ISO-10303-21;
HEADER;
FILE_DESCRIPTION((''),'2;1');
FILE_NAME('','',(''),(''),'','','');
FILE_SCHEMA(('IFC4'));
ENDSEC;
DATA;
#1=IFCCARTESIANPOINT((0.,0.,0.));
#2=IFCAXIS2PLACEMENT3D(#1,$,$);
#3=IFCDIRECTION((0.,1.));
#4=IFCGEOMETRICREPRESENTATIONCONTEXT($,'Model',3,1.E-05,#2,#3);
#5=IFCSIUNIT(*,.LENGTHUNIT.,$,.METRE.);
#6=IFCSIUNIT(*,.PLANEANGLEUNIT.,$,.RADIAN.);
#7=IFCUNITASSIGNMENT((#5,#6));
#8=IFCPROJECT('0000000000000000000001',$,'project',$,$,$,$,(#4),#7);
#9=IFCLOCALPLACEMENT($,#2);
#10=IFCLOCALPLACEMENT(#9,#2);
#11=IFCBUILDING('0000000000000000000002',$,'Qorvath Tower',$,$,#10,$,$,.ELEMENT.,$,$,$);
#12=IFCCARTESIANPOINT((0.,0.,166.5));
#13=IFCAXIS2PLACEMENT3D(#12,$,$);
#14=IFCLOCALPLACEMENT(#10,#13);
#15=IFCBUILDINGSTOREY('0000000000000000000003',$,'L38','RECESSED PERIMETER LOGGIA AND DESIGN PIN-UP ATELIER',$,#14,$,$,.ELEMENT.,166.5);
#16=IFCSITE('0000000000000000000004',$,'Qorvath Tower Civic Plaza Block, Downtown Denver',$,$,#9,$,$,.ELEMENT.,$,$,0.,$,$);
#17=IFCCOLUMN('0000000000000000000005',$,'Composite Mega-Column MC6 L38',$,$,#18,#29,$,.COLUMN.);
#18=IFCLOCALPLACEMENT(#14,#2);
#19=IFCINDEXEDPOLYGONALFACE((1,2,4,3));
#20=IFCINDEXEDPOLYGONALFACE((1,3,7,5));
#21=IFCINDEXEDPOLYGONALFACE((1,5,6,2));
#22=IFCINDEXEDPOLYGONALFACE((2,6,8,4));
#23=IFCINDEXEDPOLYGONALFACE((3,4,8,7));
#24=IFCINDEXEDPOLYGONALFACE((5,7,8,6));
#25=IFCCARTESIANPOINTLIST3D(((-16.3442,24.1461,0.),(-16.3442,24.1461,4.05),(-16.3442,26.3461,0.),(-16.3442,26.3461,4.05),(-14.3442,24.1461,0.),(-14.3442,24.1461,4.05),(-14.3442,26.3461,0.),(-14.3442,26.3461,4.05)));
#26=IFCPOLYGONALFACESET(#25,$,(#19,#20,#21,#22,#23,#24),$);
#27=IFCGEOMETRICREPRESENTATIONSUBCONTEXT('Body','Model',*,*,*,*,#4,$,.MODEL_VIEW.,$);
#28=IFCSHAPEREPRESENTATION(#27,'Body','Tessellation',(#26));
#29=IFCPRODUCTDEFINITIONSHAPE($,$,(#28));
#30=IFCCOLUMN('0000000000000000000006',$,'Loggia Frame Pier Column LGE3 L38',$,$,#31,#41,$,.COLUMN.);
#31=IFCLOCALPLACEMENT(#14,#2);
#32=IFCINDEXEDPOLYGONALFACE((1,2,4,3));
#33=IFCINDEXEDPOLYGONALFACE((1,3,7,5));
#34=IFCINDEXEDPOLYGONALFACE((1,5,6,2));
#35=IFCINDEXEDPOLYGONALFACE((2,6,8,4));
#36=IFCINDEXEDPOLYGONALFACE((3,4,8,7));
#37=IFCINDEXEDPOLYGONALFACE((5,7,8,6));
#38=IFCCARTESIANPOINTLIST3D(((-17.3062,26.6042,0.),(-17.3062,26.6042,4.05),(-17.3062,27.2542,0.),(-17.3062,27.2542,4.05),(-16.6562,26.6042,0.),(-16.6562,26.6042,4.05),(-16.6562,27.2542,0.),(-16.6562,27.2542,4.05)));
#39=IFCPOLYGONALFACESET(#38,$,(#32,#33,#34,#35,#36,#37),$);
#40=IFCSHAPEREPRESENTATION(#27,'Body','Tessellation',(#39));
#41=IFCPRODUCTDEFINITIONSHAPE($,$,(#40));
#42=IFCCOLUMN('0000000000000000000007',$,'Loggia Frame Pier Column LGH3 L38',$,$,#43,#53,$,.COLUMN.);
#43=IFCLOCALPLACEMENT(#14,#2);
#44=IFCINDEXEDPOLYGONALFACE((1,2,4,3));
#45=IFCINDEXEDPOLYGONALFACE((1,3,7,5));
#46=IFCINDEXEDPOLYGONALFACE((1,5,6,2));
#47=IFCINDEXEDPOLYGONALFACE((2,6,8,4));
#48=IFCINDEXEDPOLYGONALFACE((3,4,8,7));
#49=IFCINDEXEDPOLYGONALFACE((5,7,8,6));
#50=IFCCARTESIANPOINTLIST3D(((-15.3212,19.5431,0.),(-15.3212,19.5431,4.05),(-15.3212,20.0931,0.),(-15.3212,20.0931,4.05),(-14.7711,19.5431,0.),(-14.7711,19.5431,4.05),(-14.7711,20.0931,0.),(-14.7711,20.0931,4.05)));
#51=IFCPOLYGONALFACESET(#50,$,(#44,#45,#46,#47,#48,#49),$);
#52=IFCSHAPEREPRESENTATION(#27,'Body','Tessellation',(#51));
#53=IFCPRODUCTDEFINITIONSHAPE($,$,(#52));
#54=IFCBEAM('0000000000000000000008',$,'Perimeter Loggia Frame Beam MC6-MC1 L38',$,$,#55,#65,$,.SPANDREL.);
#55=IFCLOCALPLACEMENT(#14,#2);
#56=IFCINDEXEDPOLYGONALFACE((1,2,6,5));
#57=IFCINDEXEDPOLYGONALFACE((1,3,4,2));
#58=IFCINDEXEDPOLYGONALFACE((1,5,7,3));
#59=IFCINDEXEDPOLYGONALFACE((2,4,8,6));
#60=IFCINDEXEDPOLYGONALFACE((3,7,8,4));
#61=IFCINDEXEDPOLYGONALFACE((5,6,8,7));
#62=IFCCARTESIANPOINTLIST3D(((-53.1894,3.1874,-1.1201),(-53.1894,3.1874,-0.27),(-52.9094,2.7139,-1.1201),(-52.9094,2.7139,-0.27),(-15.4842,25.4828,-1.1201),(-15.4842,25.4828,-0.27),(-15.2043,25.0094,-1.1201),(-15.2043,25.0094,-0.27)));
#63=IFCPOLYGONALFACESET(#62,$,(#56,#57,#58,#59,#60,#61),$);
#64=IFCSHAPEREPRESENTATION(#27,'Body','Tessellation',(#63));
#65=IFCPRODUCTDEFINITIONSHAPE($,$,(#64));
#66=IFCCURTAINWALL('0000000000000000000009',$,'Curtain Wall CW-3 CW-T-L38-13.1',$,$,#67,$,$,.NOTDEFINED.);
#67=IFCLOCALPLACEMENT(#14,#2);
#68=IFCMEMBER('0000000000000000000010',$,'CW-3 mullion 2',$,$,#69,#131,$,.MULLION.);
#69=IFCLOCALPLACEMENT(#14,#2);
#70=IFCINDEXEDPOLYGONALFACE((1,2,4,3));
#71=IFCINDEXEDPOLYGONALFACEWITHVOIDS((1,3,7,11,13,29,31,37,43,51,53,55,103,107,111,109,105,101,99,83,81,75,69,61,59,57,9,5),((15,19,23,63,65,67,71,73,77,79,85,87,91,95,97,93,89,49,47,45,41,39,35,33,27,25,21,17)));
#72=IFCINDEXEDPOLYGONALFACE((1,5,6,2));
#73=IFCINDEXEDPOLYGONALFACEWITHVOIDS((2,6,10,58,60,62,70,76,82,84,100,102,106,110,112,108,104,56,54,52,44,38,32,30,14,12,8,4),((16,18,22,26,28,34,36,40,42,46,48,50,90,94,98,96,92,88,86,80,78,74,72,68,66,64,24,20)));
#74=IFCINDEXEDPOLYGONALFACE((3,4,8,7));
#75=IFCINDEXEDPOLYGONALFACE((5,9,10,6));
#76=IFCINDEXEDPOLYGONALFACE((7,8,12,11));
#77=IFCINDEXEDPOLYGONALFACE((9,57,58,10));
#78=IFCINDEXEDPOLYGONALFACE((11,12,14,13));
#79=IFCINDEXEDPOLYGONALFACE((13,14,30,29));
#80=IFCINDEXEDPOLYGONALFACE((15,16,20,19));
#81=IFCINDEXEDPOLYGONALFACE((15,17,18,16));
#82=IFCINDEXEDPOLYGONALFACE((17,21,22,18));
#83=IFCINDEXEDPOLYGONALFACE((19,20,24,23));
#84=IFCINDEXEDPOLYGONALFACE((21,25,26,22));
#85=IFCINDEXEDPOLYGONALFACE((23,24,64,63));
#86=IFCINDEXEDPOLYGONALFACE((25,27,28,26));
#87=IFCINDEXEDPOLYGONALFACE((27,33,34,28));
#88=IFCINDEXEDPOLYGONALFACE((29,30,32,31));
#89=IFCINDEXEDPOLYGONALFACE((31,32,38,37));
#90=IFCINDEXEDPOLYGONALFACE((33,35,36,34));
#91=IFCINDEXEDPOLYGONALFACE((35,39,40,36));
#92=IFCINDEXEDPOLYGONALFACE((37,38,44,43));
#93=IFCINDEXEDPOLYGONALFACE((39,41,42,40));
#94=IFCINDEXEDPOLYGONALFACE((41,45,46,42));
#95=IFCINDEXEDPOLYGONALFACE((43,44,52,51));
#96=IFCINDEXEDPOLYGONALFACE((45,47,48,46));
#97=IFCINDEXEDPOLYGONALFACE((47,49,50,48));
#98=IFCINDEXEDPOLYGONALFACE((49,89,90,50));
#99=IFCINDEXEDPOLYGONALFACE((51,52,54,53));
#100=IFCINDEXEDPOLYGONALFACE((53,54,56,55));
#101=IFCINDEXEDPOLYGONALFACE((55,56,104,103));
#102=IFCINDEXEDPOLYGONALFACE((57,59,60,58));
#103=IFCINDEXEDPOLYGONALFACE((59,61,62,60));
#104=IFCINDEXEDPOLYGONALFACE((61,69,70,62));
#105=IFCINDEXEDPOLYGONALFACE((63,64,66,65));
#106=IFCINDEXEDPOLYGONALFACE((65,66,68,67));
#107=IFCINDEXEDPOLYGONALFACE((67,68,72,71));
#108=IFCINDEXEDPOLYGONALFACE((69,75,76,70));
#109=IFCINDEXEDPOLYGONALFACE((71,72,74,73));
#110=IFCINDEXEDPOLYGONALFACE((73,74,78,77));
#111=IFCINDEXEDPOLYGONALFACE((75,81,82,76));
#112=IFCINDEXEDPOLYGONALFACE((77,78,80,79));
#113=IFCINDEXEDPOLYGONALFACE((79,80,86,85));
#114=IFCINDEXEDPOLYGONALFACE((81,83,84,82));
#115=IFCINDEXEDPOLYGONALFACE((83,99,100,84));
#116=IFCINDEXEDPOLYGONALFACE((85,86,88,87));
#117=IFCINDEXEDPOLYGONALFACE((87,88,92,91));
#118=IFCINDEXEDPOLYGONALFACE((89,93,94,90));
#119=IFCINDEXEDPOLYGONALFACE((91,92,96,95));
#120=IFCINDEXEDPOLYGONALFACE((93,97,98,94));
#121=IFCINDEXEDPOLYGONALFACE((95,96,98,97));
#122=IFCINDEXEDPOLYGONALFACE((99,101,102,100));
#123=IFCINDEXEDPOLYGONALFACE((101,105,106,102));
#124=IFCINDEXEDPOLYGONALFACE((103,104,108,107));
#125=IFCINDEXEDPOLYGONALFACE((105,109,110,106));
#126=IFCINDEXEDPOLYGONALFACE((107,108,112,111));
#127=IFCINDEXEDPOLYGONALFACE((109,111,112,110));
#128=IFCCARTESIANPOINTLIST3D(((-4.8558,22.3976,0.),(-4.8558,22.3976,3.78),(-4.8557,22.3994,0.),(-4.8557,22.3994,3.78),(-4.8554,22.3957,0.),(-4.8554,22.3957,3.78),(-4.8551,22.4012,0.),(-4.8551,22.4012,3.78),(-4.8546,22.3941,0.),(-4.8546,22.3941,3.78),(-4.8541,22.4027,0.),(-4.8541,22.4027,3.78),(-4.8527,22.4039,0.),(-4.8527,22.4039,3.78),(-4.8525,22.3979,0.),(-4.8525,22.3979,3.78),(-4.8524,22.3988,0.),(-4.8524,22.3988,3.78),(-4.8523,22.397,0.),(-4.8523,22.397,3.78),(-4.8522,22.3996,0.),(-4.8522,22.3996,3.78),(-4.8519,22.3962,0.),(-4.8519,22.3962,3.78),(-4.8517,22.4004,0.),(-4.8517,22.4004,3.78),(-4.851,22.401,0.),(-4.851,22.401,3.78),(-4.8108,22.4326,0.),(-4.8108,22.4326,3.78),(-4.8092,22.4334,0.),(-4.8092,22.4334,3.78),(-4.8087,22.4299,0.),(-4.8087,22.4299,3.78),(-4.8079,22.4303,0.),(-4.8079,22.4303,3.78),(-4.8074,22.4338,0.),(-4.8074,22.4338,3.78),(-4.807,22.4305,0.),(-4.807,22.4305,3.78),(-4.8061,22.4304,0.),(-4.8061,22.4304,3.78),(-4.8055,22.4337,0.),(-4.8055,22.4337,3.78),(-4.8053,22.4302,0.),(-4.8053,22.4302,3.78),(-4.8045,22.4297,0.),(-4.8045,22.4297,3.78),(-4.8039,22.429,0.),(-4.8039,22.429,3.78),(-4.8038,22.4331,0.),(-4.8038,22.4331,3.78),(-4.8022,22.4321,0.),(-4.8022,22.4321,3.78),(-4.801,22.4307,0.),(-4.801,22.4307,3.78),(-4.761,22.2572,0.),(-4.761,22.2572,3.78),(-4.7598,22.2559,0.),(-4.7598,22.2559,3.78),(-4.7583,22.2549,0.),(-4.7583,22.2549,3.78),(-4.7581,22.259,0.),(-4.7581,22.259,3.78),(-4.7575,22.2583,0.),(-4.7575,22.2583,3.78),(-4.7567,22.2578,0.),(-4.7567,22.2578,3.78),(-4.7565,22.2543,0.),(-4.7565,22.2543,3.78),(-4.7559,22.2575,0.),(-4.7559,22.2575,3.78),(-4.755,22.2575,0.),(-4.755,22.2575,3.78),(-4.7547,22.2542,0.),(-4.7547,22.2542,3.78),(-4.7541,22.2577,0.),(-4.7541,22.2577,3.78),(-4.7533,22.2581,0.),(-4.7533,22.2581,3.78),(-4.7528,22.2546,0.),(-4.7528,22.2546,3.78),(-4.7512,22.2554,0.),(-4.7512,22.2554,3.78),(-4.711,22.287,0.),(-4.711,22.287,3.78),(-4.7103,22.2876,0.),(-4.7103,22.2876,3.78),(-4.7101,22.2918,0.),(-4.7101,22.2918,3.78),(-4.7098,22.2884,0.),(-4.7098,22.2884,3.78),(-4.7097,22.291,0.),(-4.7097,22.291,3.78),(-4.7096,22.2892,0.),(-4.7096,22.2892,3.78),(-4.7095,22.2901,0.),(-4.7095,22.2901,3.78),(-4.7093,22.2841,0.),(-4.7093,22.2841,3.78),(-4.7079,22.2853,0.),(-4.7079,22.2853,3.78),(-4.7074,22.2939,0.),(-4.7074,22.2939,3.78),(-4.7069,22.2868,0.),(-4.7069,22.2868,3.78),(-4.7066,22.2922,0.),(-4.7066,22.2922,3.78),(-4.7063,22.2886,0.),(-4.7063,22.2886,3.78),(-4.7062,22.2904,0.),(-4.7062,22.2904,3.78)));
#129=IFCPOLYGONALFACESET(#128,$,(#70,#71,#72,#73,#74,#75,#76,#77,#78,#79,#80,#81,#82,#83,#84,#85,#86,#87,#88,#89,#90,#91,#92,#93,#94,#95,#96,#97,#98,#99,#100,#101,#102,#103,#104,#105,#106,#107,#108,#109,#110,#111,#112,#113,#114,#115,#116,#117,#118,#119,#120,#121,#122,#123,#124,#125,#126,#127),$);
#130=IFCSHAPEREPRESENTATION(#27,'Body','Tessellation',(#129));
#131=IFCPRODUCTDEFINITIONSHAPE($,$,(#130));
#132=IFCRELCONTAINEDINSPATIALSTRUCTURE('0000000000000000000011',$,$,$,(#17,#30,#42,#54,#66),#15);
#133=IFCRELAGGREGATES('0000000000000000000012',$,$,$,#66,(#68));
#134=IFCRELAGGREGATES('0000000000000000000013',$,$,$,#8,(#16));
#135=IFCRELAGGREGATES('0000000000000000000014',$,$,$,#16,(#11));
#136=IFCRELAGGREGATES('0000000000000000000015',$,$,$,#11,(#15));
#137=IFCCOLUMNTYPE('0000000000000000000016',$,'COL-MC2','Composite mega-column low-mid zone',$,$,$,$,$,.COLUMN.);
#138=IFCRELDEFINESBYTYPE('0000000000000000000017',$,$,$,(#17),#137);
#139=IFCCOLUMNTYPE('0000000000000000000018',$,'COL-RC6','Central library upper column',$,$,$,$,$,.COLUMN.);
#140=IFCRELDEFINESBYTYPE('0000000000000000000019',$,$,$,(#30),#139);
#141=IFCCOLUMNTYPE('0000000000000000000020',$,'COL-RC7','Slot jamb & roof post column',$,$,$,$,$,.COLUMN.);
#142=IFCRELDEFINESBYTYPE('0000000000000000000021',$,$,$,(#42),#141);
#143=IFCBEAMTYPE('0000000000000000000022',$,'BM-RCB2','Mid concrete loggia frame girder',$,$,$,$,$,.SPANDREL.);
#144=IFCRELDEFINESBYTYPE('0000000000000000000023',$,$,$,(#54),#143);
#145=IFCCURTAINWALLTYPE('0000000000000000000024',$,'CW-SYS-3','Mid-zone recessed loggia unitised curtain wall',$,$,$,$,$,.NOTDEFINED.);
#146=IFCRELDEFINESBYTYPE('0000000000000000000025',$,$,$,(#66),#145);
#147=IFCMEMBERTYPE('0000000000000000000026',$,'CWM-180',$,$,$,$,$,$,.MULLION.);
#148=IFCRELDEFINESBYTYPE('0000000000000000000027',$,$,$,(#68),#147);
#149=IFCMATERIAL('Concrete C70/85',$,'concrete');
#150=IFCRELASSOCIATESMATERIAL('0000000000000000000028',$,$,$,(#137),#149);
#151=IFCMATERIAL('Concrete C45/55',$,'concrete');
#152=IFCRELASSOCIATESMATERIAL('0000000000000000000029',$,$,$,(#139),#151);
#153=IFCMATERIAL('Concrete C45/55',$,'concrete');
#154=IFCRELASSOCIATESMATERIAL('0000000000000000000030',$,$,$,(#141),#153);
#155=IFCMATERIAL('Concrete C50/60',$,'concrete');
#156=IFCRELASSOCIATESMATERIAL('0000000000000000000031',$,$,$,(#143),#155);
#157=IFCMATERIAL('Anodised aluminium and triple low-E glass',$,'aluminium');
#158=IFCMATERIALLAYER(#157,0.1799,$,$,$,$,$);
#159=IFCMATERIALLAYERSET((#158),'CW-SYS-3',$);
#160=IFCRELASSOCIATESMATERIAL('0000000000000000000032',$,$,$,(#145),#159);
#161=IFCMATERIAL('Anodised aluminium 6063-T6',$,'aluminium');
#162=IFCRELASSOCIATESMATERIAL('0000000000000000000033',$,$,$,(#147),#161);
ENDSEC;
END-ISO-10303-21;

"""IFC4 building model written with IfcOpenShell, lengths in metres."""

from ifc_helpers import new_model, si_unit, direction, frame, origin, origin_2d, place, context, subcontext, project, spatial, rectangle, hollow_rectangle, extrude, material, layer, layer_set, material_profile, profile_set, type_object, element, aggregate, save


model = new_model("IFC4")

# Units and contexts
model_context = context("Model", 3, precision=1e-05, world=origin(), true_north=direction((0.0, 1.0)))
body_context = subcontext(model_context, "Body", "Model", "MODEL_VIEW")
ifc_project = project(units=[si_unit("LENGTHUNIT", "METRE"), si_unit("PLANEANGLEUNIT", "RADIAN")], contexts=[model_context])

# Site, building, storey
site_placement = place(None, origin())
site = spatial("IfcSite", under=ifc_project, at=site_placement, Name="Qorvath Tower Civic Plaza Block, Downtown Denver", CompositionType="ELEMENT", RefElevation=0.0)
building_placement = place(site_placement, origin())
building = spatial("IfcBuilding", under=site, at=building_placement, Name="Qorvath Tower", CompositionType="ELEMENT")
storey_placement = place(building_placement, frame((0.0, 0.0, 166.5)))
storey = spatial("IfcBuildingStorey", under=building, at=storey_placement, Name="L38", Description="RECESSED PERIMETER LOGGIA AND DESIGN PIN-UP ATELIER", CompositionType="ELEMENT", Elevation=166.5)

# Columns
ifc_material_1 = material(Name="Concrete C70/85", Category="concrete")
ifc_material_profile_1 = material_profile(ifc_material_1, rectangle(XDim=2.0, YDim=2.2, at=origin_2d()), Name="MC 2200x2000")
ifc_profile_set_1 = profile_set([ifc_material_profile_1], Name="Concrete C70/85")
column_type_1 = type_object("IfcColumnType", Name="COL-MC2", Description="Composite mega-column low-mid zone", PredefinedType="COLUMN", material=ifc_profile_set_1)
column_1_placement = place(storey_placement, frame((-15.3442, 25.2461, 0.0), z_axis=(0.0, 0.0, 1.0), x_axis=(1.0, 0.0, 0.0)))
element("IfcColumn", 1, at=column_1_placement, inside=storey, type_object=column_type_1, Name="Composite Mega-Column MC6 L38", PredefinedType="COLUMN", context=body_context, shape_type="SweptSolid", body=[
    extrude(rectangle(XDim=2.0, YDim=2.2, at=origin_2d()), origin(), (0.0, 0.0, 1.0), 4.05),
])
ifc_material_2 = material(Name="Concrete C45/55", Category="concrete")
ifc_material_profile_2 = material_profile(ifc_material_2, rectangle(XDim=0.6499, YDim=0.6499, at=origin_2d()), Name="RC 650x650")
ifc_profile_set_2 = profile_set([ifc_material_profile_2], Name="Concrete C45/55")
column_type_2 = type_object("IfcColumnType", Name="COL-RC6", Description="Central library upper column", PredefinedType="COLUMN", material=ifc_profile_set_2)
column_2_placement = place(storey_placement, frame((-16.9812, 26.9292, 0.0), z_axis=(0.0, 0.0, 1.0), x_axis=(1.0, 0.0, 0.0)))
element("IfcColumn", 2, at=column_2_placement, inside=storey, type_object=column_type_2, Name="Loggia Frame Pier Column LGE3 L38", PredefinedType="COLUMN", context=body_context, shape_type="SweptSolid", body=[
    extrude(rectangle(XDim=0.6499, YDim=0.6499, at=origin_2d()), origin(), (0.0, 0.0, 1.0), 4.05),
])
ifc_material_3 = material(Name="Concrete C45/55", Category="concrete")
ifc_material_profile_3 = material_profile(ifc_material_3, rectangle(XDim=0.55, YDim=0.55, at=origin_2d()), Name="RC 550x550")
ifc_profile_set_3 = profile_set([ifc_material_profile_3], Name="Concrete C45/55")
column_type_3 = type_object("IfcColumnType", Name="COL-RC7", Description="Slot jamb & roof post column", PredefinedType="COLUMN", material=ifc_profile_set_3)
column_3_placement = place(storey_placement, frame((-15.0461, 19.8181, 0.0), z_axis=(0.0, 0.0, 1.0), x_axis=(1.0, 0.0, 0.0)))
element("IfcColumn", 3, at=column_3_placement, inside=storey, type_object=column_type_3, Name="Loggia Frame Pier Column LGH3 L38", PredefinedType="COLUMN", context=body_context, shape_type="SweptSolid", body=[
    extrude(rectangle(XDim=0.55, YDim=0.55, at=origin_2d()), origin(), (0.0, 0.0, 1.0), 4.05),
])

# Beam
ifc_material_4 = material(Name="Concrete C50/60", Category="concrete")
ifc_material_profile_4 = material_profile(ifc_material_4, rectangle(XDim=0.55, YDim=0.8501, at=origin_2d()), Name="RCB 850x550")
ifc_profile_set_4 = profile_set([ifc_material_profile_4], Name="Concrete C50/60")
beam_type = type_object("IfcBeamType", Name="BM-RCB2", Description="Mid concrete loggia frame girder", PredefinedType="SPANDREL", material=ifc_profile_set_4)
beam_placement = place(storey_placement, frame((-15.3442, 25.2461, -0.6951), z_axis=(-0.860775, -0.508985, 0.0), x_axis=(0.508985, -0.860775, 0.0)))
element("IfcBeam", 4, at=beam_placement, inside=storey, type_object=beam_type, Name="Perimeter Loggia Frame Beam MC6-MC1 L38", PredefinedType="SPANDREL", context=body_context, shape_type="SweptSolid", body=[
    extrude(rectangle(XDim=0.55, YDim=0.8501, at=origin_2d()), origin(), (0.0, 0.0, 1.0), 43.8037),
])

# Curtain wall, member
ifc_material_5 = material(Name="Anodised aluminium and triple low-E glass", Category="aluminium")
ifc_layer_1 = layer(ifc_material_5, 0.1799)
ifc_layer_set_1 = layer_set([ifc_layer_1], Name="CW-SYS-3")
curtain_wall_type = type_object("IfcCurtainWallType", Name="CW-SYS-3", Description="Mid-zone recessed loggia unitised curtain wall", PredefinedType="NOTDEFINED", material=ifc_layer_set_1)
curtain_wall_1_placement = place(storey_placement, origin())
curtain_wall_1 = element("IfcCurtainWall", 5, at=curtain_wall_1_placement, inside=storey, type_object=curtain_wall_type, Name="Curtain Wall CW-3 CW-T-L38-13.1", PredefinedType="NOTDEFINED")
ifc_material_6 = material(Name="Anodised aluminium 6063-T6", Category="aluminium")
ifc_material_profile_5 = material_profile(ifc_material_6, hollow_rectangle(XDim=0.0649, YDim=0.1799, WallThickness=0.0034, InnerFilletRadius=0.0034, OuterFilletRadius=0.0071, at=origin_2d()), Name="CWM 180x65")
ifc_profile_set_5 = profile_set([ifc_material_profile_5], Name="Anodised aluminium 6063-T6")
member_type_1 = type_object("IfcMemberType", Name="CWM-180", PredefinedType="MULLION", material=ifc_profile_set_5)
member_1_placement = place(storey_placement, frame((-4.781, 22.344, 0.0), z_axis=(0.0, 0.0, 1.0), x_axis=(-0.825525, -0.564366, 0.0)))
member_1 = element("IfcMember", 6, at=member_1_placement, type_object=member_type_1, Name="CW-3 mullion 2", PredefinedType="MULLION", context=body_context, shape_type="SweptSolid", body=[
    extrude(hollow_rectangle(XDim=0.0649, YDim=0.1799, WallThickness=0.0034, InnerFilletRadius=0.0034, OuterFilletRadius=0.0071, at=origin_2d()), origin(), (0.0, 0.0, 1.0), 3.78),
])

aggregate(curtain_wall_1, [member_1])

save(model, "model.ifc")
